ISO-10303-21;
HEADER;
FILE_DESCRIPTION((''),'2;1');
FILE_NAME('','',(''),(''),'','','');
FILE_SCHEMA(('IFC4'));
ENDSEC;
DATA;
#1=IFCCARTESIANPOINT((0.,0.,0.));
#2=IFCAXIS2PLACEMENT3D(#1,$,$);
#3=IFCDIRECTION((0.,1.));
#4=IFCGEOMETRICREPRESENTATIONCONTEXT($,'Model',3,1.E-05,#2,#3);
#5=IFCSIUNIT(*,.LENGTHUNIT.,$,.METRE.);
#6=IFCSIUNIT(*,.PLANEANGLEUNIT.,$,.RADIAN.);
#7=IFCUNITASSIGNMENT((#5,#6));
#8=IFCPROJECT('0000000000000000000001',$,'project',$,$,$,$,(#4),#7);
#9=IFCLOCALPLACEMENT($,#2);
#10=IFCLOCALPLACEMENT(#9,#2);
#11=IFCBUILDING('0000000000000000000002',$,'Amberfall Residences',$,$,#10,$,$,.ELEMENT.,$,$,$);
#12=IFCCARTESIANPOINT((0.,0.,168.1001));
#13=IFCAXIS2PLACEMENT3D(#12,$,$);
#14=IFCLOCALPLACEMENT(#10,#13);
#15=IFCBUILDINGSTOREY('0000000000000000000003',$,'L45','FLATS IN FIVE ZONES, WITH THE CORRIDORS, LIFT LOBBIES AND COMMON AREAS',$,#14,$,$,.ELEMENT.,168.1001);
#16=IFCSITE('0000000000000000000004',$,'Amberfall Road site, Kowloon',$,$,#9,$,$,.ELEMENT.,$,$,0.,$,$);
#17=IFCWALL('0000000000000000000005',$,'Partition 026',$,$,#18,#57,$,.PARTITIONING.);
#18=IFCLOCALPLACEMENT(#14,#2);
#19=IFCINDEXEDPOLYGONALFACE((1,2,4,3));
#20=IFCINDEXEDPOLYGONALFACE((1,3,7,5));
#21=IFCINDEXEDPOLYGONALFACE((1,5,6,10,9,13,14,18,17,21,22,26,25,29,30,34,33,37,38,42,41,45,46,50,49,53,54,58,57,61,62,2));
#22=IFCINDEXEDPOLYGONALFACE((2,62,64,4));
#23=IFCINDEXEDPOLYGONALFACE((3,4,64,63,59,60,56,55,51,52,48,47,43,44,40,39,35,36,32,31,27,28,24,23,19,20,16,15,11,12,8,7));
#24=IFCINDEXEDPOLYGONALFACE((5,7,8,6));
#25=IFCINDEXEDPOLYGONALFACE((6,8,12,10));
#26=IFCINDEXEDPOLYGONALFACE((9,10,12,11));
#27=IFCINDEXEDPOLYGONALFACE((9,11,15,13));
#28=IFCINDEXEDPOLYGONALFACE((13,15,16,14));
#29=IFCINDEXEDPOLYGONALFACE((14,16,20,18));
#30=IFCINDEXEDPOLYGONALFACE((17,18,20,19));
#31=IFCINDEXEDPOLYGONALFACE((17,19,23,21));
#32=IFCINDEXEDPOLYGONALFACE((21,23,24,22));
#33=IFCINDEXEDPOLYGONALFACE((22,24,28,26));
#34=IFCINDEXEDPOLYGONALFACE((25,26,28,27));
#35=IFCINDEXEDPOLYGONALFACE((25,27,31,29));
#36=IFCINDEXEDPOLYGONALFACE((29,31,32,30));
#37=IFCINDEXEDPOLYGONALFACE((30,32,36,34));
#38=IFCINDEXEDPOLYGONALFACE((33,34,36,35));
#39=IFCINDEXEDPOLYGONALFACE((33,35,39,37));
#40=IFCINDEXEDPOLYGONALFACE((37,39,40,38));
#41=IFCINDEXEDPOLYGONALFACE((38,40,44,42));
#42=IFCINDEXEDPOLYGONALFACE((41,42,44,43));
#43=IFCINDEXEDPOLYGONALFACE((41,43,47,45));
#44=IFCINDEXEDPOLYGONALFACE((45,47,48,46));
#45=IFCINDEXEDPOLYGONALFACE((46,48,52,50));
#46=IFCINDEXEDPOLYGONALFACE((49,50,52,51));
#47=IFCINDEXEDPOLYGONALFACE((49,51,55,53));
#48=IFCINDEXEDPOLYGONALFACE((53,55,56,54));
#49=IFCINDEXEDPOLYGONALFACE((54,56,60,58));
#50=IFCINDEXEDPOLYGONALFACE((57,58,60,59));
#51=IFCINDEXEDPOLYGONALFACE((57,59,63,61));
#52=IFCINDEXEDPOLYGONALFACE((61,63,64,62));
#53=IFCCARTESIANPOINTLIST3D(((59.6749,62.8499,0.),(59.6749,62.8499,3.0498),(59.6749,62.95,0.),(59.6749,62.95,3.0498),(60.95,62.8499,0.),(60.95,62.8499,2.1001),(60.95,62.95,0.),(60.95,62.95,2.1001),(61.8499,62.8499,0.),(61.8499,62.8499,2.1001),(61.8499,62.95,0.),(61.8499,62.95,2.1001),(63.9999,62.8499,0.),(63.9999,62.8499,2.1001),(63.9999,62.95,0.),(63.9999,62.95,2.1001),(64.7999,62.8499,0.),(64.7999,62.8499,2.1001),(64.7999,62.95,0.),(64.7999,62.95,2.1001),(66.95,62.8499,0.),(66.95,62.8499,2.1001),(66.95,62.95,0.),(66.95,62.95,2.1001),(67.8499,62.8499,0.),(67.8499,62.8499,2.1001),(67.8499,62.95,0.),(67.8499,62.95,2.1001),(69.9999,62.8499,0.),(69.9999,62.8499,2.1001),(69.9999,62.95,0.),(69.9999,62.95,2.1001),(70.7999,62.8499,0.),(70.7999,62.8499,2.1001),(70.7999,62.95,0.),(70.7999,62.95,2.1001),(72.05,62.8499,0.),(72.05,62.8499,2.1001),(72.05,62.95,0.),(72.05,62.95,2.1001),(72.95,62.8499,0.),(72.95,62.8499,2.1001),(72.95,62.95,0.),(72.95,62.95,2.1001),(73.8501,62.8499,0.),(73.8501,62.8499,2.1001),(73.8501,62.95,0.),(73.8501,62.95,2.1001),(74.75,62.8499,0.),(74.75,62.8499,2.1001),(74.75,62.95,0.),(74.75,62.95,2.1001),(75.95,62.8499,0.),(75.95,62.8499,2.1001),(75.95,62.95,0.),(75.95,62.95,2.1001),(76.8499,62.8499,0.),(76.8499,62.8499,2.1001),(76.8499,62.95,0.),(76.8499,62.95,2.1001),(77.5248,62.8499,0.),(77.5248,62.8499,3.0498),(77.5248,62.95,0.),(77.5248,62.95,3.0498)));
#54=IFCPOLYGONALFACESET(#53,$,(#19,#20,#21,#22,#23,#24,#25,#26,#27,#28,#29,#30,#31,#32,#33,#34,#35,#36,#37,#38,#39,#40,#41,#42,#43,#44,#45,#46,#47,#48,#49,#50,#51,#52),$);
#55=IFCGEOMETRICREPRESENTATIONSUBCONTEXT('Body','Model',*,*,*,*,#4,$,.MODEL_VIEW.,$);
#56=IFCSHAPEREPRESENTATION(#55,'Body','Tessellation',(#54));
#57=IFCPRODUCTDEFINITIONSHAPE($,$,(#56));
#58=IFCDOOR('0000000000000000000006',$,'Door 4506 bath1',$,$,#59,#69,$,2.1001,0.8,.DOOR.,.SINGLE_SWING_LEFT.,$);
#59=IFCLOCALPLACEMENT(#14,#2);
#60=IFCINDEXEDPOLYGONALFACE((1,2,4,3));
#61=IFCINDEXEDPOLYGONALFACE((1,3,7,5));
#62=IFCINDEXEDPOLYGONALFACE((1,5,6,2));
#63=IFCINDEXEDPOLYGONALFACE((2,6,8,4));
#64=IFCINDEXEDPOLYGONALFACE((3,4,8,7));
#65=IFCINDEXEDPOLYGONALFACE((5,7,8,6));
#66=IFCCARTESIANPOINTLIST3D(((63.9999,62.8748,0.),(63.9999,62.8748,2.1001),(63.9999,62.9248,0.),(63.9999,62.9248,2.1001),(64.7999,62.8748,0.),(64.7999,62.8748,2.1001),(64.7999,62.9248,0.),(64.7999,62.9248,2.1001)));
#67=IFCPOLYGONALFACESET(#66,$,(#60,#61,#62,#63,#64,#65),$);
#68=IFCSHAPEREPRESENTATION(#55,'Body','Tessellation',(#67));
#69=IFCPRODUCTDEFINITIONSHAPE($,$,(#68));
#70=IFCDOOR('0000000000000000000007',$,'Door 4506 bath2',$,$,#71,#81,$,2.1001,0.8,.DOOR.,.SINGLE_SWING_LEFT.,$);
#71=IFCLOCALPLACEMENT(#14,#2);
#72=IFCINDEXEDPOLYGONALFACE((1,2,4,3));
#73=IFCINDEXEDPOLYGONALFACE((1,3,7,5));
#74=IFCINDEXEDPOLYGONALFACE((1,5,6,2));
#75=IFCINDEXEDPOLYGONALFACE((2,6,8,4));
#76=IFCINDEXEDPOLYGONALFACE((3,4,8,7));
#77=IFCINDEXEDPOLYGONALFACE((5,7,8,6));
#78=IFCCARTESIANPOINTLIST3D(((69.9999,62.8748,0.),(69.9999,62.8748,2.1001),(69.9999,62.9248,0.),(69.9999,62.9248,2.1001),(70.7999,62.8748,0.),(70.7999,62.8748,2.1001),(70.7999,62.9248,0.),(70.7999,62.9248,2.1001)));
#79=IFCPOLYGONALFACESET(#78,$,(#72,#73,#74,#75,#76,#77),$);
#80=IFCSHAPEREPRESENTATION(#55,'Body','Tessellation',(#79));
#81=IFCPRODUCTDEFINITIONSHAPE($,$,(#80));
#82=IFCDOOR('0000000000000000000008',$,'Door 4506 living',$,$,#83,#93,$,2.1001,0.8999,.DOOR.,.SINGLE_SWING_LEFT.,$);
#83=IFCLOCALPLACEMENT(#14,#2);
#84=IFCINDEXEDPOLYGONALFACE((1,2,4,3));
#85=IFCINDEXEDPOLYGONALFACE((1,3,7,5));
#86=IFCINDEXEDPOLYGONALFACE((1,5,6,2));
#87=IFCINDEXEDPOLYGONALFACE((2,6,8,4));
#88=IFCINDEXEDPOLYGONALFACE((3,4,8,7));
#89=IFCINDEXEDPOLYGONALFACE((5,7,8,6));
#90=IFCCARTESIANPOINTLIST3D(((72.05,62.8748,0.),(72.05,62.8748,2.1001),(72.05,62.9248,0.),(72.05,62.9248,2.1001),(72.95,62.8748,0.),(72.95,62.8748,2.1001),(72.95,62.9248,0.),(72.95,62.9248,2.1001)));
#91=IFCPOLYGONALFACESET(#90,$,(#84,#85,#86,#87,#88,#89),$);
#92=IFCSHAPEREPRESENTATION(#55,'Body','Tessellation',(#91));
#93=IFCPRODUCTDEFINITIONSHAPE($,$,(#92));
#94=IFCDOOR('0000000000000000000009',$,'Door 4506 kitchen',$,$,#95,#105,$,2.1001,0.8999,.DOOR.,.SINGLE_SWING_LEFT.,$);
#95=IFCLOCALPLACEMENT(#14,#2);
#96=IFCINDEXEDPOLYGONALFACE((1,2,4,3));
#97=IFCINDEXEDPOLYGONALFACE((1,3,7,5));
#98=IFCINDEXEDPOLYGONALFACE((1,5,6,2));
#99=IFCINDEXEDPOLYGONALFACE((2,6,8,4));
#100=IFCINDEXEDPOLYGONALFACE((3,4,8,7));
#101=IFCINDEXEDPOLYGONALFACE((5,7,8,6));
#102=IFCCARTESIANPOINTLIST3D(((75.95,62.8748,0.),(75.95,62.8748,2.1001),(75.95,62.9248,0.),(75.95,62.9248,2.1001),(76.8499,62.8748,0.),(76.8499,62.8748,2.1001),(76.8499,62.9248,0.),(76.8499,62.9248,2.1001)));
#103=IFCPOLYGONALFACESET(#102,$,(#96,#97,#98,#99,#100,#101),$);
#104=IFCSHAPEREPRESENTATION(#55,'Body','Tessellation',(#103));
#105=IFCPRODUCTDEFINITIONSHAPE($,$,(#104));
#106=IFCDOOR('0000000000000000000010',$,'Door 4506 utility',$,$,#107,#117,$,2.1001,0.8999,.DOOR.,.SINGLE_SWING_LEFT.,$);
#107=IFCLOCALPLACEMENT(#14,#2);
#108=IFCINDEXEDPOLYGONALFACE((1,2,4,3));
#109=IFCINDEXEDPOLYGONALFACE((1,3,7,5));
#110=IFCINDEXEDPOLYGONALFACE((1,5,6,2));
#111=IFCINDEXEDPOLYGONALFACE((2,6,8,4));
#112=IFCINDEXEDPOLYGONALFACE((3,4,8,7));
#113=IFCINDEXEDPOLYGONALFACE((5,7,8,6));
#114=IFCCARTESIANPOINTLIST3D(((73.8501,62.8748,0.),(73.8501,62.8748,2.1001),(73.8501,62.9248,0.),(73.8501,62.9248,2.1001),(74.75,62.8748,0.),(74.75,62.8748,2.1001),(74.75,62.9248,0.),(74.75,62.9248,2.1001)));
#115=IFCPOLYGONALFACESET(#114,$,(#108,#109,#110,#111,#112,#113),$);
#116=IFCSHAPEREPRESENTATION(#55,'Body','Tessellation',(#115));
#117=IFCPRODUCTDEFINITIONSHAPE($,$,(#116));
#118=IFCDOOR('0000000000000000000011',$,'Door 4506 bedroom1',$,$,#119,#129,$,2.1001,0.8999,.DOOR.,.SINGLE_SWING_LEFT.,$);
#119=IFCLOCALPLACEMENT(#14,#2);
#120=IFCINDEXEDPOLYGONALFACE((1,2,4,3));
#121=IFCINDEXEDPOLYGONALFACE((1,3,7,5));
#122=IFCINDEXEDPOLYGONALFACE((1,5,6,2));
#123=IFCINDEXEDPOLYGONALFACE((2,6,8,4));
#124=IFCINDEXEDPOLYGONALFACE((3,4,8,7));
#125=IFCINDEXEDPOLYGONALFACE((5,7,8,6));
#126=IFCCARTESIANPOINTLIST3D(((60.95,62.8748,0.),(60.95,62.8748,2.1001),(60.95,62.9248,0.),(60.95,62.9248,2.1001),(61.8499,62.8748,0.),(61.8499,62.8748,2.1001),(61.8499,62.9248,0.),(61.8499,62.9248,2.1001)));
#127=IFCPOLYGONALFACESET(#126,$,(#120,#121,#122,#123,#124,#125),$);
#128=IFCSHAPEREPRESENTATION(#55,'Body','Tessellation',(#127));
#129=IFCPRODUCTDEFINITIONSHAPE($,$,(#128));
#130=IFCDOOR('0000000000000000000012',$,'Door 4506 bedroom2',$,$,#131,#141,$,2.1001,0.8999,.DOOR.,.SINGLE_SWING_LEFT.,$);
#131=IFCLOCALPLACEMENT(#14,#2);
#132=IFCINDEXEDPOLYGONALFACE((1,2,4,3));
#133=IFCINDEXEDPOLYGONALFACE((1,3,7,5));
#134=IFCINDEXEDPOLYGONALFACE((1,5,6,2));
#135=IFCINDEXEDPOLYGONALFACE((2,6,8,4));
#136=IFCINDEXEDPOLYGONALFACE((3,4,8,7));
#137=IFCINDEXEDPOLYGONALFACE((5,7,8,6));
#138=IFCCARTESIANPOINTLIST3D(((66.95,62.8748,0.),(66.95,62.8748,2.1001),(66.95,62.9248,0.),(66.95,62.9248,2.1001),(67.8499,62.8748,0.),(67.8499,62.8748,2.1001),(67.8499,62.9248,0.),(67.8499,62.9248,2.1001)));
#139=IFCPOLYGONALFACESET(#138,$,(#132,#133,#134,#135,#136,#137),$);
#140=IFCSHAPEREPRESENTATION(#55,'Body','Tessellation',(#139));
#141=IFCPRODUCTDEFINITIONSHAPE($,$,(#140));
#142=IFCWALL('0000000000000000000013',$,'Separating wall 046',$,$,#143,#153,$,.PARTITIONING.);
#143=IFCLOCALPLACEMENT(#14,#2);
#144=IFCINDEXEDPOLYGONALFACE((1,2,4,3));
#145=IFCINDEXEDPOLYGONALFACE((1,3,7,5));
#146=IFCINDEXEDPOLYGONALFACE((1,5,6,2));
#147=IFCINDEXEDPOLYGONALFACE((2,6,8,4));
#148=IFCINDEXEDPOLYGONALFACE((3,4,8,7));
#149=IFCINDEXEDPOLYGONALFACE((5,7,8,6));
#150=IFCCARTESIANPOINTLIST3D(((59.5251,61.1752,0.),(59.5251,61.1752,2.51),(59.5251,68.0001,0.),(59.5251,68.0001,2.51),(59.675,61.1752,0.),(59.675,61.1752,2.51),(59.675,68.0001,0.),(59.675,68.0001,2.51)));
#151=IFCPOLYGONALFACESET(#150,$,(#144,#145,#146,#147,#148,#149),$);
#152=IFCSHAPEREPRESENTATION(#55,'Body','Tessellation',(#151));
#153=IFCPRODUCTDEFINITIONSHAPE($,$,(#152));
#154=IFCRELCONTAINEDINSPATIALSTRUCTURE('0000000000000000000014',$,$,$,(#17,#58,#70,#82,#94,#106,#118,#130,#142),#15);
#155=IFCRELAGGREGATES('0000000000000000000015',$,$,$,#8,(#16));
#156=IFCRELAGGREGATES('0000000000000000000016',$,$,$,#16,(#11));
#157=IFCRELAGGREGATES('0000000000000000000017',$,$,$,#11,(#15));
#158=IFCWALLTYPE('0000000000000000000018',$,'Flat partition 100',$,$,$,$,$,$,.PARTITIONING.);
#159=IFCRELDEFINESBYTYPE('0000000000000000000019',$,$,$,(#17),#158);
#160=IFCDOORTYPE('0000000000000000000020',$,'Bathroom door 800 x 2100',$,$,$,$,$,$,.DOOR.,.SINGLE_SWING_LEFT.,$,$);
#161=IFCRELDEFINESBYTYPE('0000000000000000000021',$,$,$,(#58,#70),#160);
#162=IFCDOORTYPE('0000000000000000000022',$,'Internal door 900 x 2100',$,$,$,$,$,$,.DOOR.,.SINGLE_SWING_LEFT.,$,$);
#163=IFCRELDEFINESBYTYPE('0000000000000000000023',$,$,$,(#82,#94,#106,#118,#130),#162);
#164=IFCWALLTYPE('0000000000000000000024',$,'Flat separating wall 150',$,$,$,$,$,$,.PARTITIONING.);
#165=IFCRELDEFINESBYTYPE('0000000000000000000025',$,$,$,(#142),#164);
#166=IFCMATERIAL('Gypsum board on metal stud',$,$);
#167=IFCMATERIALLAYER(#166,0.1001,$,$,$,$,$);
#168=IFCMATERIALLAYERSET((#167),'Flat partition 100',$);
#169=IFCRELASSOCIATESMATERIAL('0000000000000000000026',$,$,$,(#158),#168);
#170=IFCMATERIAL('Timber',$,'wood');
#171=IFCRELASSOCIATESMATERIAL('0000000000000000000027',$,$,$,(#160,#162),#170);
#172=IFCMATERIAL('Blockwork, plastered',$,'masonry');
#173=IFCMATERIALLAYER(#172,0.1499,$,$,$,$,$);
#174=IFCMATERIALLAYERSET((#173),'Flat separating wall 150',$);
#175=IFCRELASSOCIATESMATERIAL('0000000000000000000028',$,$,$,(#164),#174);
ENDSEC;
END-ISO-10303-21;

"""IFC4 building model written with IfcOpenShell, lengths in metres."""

from ifc_helpers import new_model, si_unit, direction, frame, frame_2d, origin, place, context, subcontext, project, spatial, rectangle, extrude, material, layer, layer_set, type_object, element, fill, save


model = new_model("IFC4")

# Units and contexts
model_context = context("Model", 3, precision=1e-05, world=origin(), true_north=direction((0.0, 1.0)))
body_context = subcontext(model_context, "Body", "Model", "MODEL_VIEW")
ifc_project = project(units=[si_unit("LENGTHUNIT", "METRE"), si_unit("PLANEANGLEUNIT", "RADIAN")], contexts=[model_context])

# Site, building, storey
site_placement = place(None, origin())
site = spatial("IfcSite", under=ifc_project, at=site_placement, Name="Amberfall Road site, Kowloon", CompositionType="ELEMENT", RefElevation=0.0)
building_placement = place(site_placement, origin())
building = spatial("IfcBuilding", under=site, at=building_placement, Name="Amberfall Residences", CompositionType="ELEMENT")
storey_placement = place(building_placement, frame((0.0, 0.0, 168.1001)))
storey = spatial("IfcBuildingStorey", under=building, at=storey_placement, Name="L45", Description="FLATS IN FIVE ZONES, WITH THE CORRIDORS, LIFT LOBBIES AND COMMON AREAS", CompositionType="ELEMENT", Elevation=168.1001)

# Shared definitions
ifc_material_1 = material(Name="Gypsum board on metal stud")
ifc_layer_1 = layer(ifc_material_1, 0.1001)
ifc_layer_set_1 = layer_set([ifc_layer_1], Name="Flat partition 100")
wall_type_1 = type_object("IfcWallType", Name="Flat partition 100", PredefinedType="PARTITIONING", material=ifc_layer_set_1)

# Wall, openings, doors
wall_1_placement = place(storey_placement, frame((59.675, 62.8999, 0.0), z_axis=(0.0, 0.0, 1.0), x_axis=(1.0, 0.0, 0.0)))
wall_1 = element("IfcWall", 1, at=wall_1_placement, inside=storey, type_object=wall_type_1, Name="Partition 026", PredefinedType="PARTITIONING", context=body_context, shape_type="SweptSolid", body=[
    extrude(rectangle(XDim=17.8499, YDim=0.1001, at=frame_2d((8.9248, 0.0))), origin(), (0.0, 0.0, 1.0), 3.0498),
])
opening_1_placement = place(wall_1_placement, frame((12.375, 0.0, 0.0)))
opening_1 = element("IfcOpeningElement", 2, at=opening_1_placement, cuts=wall_1, PredefinedType="OPENING", context=body_context, shape_type="SweptSolid", body=[
    extrude(rectangle(XDim=0.8999, YDim=2.1001, at=frame_2d((0.45, 1.05))), frame((0.0, 0.0601, 0.0), z_axis=(0.0, -1.0, 0.0), x_axis=(1.0, 0.0, 0.0)), (0.0, 0.0, 1.0), 0.1201),
])
opening_2_placement = place(wall_1_placement, frame((16.2749, 0.0, 0.0)))
opening_2 = element("IfcOpeningElement", 3, at=opening_2_placement, cuts=wall_1, PredefinedType="OPENING", context=body_context, shape_type="SweptSolid", body=[
    extrude(rectangle(XDim=0.8999, YDim=2.1001, at=frame_2d((0.45, 1.05))), frame((0.0, 0.0601, 0.0), z_axis=(0.0, -1.0, 0.0), x_axis=(1.0, 0.0, 0.0)), (0.0, 0.0, 1.0), 0.1201),
])
opening_3_placement = place(wall_1_placement, frame((14.175, 0.0, 0.0)))
opening_3 = element("IfcOpeningElement", 4, at=opening_3_placement, cuts=wall_1, PredefinedType="OPENING", context=body_context, shape_type="SweptSolid", body=[
    extrude(rectangle(XDim=0.8999, YDim=2.1001, at=frame_2d((0.45, 1.05))), frame((0.0, 0.0601, 0.0), z_axis=(0.0, -1.0, 0.0), x_axis=(1.0, 0.0, 0.0)), (0.0, 0.0, 1.0), 0.1201),
])
opening_4_placement = place(wall_1_placement, frame((1.2749, 0.0, 0.0)))
opening_4 = element("IfcOpeningElement", 5, at=opening_4_placement, cuts=wall_1, PredefinedType="OPENING", context=body_context, shape_type="SweptSolid", body=[
    extrude(rectangle(XDim=0.8999, YDim=2.1001, at=frame_2d((0.45, 1.05))), frame((0.0, 0.0601, 0.0), z_axis=(0.0, -1.0, 0.0), x_axis=(1.0, 0.0, 0.0)), (0.0, 0.0, 1.0), 0.1201),
])
opening_5_placement = place(wall_1_placement, frame((7.2749, 0.0, 0.0)))
opening_5 = element("IfcOpeningElement", 6, at=opening_5_placement, cuts=wall_1, PredefinedType="OPENING", context=body_context, shape_type="SweptSolid", body=[
    extrude(rectangle(XDim=0.8999, YDim=2.1001, at=frame_2d((0.45, 1.05))), frame((0.0, 0.0601, 0.0), z_axis=(0.0, -1.0, 0.0), x_axis=(1.0, 0.0, 0.0)), (0.0, 0.0, 1.0), 0.1201),
])
opening_6_placement = place(wall_1_placement, frame((4.325, 0.0, 0.0)))
opening_6 = element("IfcOpeningElement", 7, at=opening_6_placement, cuts=wall_1, PredefinedType="OPENING", context=body_context, shape_type="SweptSolid", body=[
    extrude(rectangle(XDim=0.8, YDim=2.1001, at=frame_2d((0.3999, 1.05))), frame((0.0, 0.0601, 0.0), z_axis=(0.0, -1.0, 0.0), x_axis=(1.0, 0.0, 0.0)), (0.0, 0.0, 1.0), 0.1201),
])
opening_7_placement = place(wall_1_placement, frame((10.325, 0.0, 0.0)))
opening_7 = element("IfcOpeningElement", 8, at=opening_7_placement, cuts=wall_1, PredefinedType="OPENING", context=body_context, shape_type="SweptSolid", body=[
    extrude(rectangle(XDim=0.8, YDim=2.1001, at=frame_2d((0.3999, 1.05))), frame((0.0, 0.0601, 0.0), z_axis=(0.0, -1.0, 0.0), x_axis=(1.0, 0.0, 0.0)), (0.0, 0.0, 1.0), 0.1201),
])
ifc_material_2 = material(Name="Timber", Category="wood")
door_type_1 = type_object("IfcDoorType", Name="Bathroom door 800 x 2100", OperationType="SINGLE_SWING_LEFT", PredefinedType="DOOR", material=ifc_material_2)
door_1_placement = place(opening_6_placement, origin())
door_1 = element("IfcDoor", 9, at=door_1_placement, inside=storey, type_object=door_type_1, Name="Door 4506 bath1", OperationType="SINGLE_SWING_LEFT", OverallHeight=2.1001, OverallWidth=0.8, PredefinedType="DOOR", context=body_context, shape_type="SweptSolid", body=[
    extrude(rectangle(XDim=0.8, YDim=2.1001, at=frame_2d((0.3999, 1.05))), frame((0.0, 0.0249, 0.0), z_axis=(0.0, -1.0, 0.0), x_axis=(1.0, 0.0, 0.0)), (0.0, 0.0, 1.0), 0.05),
])
fill(opening_6, door_1)
door_2_placement = place(opening_7_placement, origin())
door_2 = element("IfcDoor", 10, at=door_2_placement, inside=storey, type_object=door_type_1, Name="Door 4506 bath2", OperationType="SINGLE_SWING_LEFT", OverallHeight=2.1001, OverallWidth=0.8, PredefinedType="DOOR", context=body_context, shape_type="SweptSolid", body=[
    extrude(rectangle(XDim=0.8, YDim=2.1001, at=frame_2d((0.3999, 1.05))), frame((0.0, 0.0249, 0.0), z_axis=(0.0, -1.0, 0.0), x_axis=(1.0, 0.0, 0.0)), (0.0, 0.0, 1.0), 0.05),
])
fill(opening_7, door_2)
door_type_2 = type_object("IfcDoorType", Name="Internal door 900 x 2100", OperationType="SINGLE_SWING_LEFT", PredefinedType="DOOR", material=ifc_material_2)
door_3_placement = place(opening_1_placement, origin())
door_3 = element("IfcDoor", 11, at=door_3_placement, inside=storey, type_object=door_type_2, Name="Door 4506 living", OperationType="SINGLE_SWING_LEFT", OverallHeight=2.1001, OverallWidth=0.8999, PredefinedType="DOOR", context=body_context, shape_type="SweptSolid", body=[
    extrude(rectangle(XDim=0.8999, YDim=2.1001, at=frame_2d((0.45, 1.05))), frame((0.0, 0.0249, 0.0), z_axis=(0.0, -1.0, 0.0), x_axis=(1.0, 0.0, 0.0)), (0.0, 0.0, 1.0), 0.05),
])
fill(opening_1, door_3)
door_4_placement = place(opening_2_placement, origin())
door_4 = element("IfcDoor", 12, at=door_4_placement, inside=storey, type_object=door_type_2, Name="Door 4506 kitchen", OperationType="SINGLE_SWING_LEFT", OverallHeight=2.1001, OverallWidth=0.8999, PredefinedType="DOOR", context=body_context, shape_type="SweptSolid", body=[
    extrude(rectangle(XDim=0.8999, YDim=2.1001, at=frame_2d((0.45, 1.05))), frame((0.0, 0.0249, 0.0), z_axis=(0.0, -1.0, 0.0), x_axis=(1.0, 0.0, 0.0)), (0.0, 0.0, 1.0), 0.05),
])
fill(opening_2, door_4)
door_5_placement = place(opening_3_placement, origin())
door_5 = element("IfcDoor", 13, at=door_5_placement, inside=storey, type_object=door_type_2, Name="Door 4506 utility", OperationType="SINGLE_SWING_LEFT", OverallHeight=2.1001, OverallWidth=0.8999, PredefinedType="DOOR", context=body_context, shape_type="SweptSolid", body=[
    extrude(rectangle(XDim=0.8999, YDim=2.1001, at=frame_2d((0.45, 1.05))), frame((0.0, 0.0249, 0.0), z_axis=(0.0, -1.0, 0.0), x_axis=(1.0, 0.0, 0.0)), (0.0, 0.0, 1.0), 0.05),
])
fill(opening_3, door_5)
door_6_placement = place(opening_4_placement, origin())
door_6 = element("IfcDoor", 14, at=door_6_placement, inside=storey, type_object=door_type_2, Name="Door 4506 bedroom1", OperationType="SINGLE_SWING_LEFT", OverallHeight=2.1001, OverallWidth=0.8999, PredefinedType="DOOR", context=body_context, shape_type="SweptSolid", body=[
    extrude(rectangle(XDim=0.8999, YDim=2.1001, at=frame_2d((0.45, 1.05))), frame((0.0, 0.0249, 0.0), z_axis=(0.0, -1.0, 0.0), x_axis=(1.0, 0.0, 0.0)), (0.0, 0.0, 1.0), 0.05),
])
fill(opening_4, door_6)
door_7_placement = place(opening_5_placement, origin())
door_7 = element("IfcDoor", 15, at=door_7_placement, inside=storey, type_object=door_type_2, Name="Door 4506 bedroom2", OperationType="SINGLE_SWING_LEFT", OverallHeight=2.1001, OverallWidth=0.8999, PredefinedType="DOOR", context=body_context, shape_type="SweptSolid", body=[
    extrude(rectangle(XDim=0.8999, YDim=2.1001, at=frame_2d((0.45, 1.05))), frame((0.0, 0.0249, 0.0), z_axis=(0.0, -1.0, 0.0), x_axis=(1.0, 0.0, 0.0)), (0.0, 0.0, 1.0), 0.05),
])
fill(opening_5, door_7)

# Wall
ifc_material_3 = material(Name="Blockwork, plastered", Category="masonry")
ifc_layer_2 = layer(ifc_material_3, 0.1499)
ifc_layer_set_2 = layer_set([ifc_layer_2], Name="Flat separating wall 150")
wall_type_2 = type_object("IfcWallType", Name="Flat separating wall 150", PredefinedType="PARTITIONING", material=ifc_layer_set_2)
wall_2_placement = place(storey_placement, frame((59.6001, 61.175, 0.0), z_axis=(0.0, 0.0, 1.0), x_axis=(0.0, 1.0, 0.0)))
element("IfcWall", 16, at=wall_2_placement, inside=storey, type_object=wall_type_2, Name="Separating wall 046", PredefinedType="PARTITIONING", context=body_context, shape_type="SweptSolid", body=[
    extrude(rectangle(XDim=6.825, YDim=0.1499, at=frame_2d((3.4126, 0.0))), origin(), (0.0, 0.0, 1.0), 2.51),
])

save(model, "model.ifc")
